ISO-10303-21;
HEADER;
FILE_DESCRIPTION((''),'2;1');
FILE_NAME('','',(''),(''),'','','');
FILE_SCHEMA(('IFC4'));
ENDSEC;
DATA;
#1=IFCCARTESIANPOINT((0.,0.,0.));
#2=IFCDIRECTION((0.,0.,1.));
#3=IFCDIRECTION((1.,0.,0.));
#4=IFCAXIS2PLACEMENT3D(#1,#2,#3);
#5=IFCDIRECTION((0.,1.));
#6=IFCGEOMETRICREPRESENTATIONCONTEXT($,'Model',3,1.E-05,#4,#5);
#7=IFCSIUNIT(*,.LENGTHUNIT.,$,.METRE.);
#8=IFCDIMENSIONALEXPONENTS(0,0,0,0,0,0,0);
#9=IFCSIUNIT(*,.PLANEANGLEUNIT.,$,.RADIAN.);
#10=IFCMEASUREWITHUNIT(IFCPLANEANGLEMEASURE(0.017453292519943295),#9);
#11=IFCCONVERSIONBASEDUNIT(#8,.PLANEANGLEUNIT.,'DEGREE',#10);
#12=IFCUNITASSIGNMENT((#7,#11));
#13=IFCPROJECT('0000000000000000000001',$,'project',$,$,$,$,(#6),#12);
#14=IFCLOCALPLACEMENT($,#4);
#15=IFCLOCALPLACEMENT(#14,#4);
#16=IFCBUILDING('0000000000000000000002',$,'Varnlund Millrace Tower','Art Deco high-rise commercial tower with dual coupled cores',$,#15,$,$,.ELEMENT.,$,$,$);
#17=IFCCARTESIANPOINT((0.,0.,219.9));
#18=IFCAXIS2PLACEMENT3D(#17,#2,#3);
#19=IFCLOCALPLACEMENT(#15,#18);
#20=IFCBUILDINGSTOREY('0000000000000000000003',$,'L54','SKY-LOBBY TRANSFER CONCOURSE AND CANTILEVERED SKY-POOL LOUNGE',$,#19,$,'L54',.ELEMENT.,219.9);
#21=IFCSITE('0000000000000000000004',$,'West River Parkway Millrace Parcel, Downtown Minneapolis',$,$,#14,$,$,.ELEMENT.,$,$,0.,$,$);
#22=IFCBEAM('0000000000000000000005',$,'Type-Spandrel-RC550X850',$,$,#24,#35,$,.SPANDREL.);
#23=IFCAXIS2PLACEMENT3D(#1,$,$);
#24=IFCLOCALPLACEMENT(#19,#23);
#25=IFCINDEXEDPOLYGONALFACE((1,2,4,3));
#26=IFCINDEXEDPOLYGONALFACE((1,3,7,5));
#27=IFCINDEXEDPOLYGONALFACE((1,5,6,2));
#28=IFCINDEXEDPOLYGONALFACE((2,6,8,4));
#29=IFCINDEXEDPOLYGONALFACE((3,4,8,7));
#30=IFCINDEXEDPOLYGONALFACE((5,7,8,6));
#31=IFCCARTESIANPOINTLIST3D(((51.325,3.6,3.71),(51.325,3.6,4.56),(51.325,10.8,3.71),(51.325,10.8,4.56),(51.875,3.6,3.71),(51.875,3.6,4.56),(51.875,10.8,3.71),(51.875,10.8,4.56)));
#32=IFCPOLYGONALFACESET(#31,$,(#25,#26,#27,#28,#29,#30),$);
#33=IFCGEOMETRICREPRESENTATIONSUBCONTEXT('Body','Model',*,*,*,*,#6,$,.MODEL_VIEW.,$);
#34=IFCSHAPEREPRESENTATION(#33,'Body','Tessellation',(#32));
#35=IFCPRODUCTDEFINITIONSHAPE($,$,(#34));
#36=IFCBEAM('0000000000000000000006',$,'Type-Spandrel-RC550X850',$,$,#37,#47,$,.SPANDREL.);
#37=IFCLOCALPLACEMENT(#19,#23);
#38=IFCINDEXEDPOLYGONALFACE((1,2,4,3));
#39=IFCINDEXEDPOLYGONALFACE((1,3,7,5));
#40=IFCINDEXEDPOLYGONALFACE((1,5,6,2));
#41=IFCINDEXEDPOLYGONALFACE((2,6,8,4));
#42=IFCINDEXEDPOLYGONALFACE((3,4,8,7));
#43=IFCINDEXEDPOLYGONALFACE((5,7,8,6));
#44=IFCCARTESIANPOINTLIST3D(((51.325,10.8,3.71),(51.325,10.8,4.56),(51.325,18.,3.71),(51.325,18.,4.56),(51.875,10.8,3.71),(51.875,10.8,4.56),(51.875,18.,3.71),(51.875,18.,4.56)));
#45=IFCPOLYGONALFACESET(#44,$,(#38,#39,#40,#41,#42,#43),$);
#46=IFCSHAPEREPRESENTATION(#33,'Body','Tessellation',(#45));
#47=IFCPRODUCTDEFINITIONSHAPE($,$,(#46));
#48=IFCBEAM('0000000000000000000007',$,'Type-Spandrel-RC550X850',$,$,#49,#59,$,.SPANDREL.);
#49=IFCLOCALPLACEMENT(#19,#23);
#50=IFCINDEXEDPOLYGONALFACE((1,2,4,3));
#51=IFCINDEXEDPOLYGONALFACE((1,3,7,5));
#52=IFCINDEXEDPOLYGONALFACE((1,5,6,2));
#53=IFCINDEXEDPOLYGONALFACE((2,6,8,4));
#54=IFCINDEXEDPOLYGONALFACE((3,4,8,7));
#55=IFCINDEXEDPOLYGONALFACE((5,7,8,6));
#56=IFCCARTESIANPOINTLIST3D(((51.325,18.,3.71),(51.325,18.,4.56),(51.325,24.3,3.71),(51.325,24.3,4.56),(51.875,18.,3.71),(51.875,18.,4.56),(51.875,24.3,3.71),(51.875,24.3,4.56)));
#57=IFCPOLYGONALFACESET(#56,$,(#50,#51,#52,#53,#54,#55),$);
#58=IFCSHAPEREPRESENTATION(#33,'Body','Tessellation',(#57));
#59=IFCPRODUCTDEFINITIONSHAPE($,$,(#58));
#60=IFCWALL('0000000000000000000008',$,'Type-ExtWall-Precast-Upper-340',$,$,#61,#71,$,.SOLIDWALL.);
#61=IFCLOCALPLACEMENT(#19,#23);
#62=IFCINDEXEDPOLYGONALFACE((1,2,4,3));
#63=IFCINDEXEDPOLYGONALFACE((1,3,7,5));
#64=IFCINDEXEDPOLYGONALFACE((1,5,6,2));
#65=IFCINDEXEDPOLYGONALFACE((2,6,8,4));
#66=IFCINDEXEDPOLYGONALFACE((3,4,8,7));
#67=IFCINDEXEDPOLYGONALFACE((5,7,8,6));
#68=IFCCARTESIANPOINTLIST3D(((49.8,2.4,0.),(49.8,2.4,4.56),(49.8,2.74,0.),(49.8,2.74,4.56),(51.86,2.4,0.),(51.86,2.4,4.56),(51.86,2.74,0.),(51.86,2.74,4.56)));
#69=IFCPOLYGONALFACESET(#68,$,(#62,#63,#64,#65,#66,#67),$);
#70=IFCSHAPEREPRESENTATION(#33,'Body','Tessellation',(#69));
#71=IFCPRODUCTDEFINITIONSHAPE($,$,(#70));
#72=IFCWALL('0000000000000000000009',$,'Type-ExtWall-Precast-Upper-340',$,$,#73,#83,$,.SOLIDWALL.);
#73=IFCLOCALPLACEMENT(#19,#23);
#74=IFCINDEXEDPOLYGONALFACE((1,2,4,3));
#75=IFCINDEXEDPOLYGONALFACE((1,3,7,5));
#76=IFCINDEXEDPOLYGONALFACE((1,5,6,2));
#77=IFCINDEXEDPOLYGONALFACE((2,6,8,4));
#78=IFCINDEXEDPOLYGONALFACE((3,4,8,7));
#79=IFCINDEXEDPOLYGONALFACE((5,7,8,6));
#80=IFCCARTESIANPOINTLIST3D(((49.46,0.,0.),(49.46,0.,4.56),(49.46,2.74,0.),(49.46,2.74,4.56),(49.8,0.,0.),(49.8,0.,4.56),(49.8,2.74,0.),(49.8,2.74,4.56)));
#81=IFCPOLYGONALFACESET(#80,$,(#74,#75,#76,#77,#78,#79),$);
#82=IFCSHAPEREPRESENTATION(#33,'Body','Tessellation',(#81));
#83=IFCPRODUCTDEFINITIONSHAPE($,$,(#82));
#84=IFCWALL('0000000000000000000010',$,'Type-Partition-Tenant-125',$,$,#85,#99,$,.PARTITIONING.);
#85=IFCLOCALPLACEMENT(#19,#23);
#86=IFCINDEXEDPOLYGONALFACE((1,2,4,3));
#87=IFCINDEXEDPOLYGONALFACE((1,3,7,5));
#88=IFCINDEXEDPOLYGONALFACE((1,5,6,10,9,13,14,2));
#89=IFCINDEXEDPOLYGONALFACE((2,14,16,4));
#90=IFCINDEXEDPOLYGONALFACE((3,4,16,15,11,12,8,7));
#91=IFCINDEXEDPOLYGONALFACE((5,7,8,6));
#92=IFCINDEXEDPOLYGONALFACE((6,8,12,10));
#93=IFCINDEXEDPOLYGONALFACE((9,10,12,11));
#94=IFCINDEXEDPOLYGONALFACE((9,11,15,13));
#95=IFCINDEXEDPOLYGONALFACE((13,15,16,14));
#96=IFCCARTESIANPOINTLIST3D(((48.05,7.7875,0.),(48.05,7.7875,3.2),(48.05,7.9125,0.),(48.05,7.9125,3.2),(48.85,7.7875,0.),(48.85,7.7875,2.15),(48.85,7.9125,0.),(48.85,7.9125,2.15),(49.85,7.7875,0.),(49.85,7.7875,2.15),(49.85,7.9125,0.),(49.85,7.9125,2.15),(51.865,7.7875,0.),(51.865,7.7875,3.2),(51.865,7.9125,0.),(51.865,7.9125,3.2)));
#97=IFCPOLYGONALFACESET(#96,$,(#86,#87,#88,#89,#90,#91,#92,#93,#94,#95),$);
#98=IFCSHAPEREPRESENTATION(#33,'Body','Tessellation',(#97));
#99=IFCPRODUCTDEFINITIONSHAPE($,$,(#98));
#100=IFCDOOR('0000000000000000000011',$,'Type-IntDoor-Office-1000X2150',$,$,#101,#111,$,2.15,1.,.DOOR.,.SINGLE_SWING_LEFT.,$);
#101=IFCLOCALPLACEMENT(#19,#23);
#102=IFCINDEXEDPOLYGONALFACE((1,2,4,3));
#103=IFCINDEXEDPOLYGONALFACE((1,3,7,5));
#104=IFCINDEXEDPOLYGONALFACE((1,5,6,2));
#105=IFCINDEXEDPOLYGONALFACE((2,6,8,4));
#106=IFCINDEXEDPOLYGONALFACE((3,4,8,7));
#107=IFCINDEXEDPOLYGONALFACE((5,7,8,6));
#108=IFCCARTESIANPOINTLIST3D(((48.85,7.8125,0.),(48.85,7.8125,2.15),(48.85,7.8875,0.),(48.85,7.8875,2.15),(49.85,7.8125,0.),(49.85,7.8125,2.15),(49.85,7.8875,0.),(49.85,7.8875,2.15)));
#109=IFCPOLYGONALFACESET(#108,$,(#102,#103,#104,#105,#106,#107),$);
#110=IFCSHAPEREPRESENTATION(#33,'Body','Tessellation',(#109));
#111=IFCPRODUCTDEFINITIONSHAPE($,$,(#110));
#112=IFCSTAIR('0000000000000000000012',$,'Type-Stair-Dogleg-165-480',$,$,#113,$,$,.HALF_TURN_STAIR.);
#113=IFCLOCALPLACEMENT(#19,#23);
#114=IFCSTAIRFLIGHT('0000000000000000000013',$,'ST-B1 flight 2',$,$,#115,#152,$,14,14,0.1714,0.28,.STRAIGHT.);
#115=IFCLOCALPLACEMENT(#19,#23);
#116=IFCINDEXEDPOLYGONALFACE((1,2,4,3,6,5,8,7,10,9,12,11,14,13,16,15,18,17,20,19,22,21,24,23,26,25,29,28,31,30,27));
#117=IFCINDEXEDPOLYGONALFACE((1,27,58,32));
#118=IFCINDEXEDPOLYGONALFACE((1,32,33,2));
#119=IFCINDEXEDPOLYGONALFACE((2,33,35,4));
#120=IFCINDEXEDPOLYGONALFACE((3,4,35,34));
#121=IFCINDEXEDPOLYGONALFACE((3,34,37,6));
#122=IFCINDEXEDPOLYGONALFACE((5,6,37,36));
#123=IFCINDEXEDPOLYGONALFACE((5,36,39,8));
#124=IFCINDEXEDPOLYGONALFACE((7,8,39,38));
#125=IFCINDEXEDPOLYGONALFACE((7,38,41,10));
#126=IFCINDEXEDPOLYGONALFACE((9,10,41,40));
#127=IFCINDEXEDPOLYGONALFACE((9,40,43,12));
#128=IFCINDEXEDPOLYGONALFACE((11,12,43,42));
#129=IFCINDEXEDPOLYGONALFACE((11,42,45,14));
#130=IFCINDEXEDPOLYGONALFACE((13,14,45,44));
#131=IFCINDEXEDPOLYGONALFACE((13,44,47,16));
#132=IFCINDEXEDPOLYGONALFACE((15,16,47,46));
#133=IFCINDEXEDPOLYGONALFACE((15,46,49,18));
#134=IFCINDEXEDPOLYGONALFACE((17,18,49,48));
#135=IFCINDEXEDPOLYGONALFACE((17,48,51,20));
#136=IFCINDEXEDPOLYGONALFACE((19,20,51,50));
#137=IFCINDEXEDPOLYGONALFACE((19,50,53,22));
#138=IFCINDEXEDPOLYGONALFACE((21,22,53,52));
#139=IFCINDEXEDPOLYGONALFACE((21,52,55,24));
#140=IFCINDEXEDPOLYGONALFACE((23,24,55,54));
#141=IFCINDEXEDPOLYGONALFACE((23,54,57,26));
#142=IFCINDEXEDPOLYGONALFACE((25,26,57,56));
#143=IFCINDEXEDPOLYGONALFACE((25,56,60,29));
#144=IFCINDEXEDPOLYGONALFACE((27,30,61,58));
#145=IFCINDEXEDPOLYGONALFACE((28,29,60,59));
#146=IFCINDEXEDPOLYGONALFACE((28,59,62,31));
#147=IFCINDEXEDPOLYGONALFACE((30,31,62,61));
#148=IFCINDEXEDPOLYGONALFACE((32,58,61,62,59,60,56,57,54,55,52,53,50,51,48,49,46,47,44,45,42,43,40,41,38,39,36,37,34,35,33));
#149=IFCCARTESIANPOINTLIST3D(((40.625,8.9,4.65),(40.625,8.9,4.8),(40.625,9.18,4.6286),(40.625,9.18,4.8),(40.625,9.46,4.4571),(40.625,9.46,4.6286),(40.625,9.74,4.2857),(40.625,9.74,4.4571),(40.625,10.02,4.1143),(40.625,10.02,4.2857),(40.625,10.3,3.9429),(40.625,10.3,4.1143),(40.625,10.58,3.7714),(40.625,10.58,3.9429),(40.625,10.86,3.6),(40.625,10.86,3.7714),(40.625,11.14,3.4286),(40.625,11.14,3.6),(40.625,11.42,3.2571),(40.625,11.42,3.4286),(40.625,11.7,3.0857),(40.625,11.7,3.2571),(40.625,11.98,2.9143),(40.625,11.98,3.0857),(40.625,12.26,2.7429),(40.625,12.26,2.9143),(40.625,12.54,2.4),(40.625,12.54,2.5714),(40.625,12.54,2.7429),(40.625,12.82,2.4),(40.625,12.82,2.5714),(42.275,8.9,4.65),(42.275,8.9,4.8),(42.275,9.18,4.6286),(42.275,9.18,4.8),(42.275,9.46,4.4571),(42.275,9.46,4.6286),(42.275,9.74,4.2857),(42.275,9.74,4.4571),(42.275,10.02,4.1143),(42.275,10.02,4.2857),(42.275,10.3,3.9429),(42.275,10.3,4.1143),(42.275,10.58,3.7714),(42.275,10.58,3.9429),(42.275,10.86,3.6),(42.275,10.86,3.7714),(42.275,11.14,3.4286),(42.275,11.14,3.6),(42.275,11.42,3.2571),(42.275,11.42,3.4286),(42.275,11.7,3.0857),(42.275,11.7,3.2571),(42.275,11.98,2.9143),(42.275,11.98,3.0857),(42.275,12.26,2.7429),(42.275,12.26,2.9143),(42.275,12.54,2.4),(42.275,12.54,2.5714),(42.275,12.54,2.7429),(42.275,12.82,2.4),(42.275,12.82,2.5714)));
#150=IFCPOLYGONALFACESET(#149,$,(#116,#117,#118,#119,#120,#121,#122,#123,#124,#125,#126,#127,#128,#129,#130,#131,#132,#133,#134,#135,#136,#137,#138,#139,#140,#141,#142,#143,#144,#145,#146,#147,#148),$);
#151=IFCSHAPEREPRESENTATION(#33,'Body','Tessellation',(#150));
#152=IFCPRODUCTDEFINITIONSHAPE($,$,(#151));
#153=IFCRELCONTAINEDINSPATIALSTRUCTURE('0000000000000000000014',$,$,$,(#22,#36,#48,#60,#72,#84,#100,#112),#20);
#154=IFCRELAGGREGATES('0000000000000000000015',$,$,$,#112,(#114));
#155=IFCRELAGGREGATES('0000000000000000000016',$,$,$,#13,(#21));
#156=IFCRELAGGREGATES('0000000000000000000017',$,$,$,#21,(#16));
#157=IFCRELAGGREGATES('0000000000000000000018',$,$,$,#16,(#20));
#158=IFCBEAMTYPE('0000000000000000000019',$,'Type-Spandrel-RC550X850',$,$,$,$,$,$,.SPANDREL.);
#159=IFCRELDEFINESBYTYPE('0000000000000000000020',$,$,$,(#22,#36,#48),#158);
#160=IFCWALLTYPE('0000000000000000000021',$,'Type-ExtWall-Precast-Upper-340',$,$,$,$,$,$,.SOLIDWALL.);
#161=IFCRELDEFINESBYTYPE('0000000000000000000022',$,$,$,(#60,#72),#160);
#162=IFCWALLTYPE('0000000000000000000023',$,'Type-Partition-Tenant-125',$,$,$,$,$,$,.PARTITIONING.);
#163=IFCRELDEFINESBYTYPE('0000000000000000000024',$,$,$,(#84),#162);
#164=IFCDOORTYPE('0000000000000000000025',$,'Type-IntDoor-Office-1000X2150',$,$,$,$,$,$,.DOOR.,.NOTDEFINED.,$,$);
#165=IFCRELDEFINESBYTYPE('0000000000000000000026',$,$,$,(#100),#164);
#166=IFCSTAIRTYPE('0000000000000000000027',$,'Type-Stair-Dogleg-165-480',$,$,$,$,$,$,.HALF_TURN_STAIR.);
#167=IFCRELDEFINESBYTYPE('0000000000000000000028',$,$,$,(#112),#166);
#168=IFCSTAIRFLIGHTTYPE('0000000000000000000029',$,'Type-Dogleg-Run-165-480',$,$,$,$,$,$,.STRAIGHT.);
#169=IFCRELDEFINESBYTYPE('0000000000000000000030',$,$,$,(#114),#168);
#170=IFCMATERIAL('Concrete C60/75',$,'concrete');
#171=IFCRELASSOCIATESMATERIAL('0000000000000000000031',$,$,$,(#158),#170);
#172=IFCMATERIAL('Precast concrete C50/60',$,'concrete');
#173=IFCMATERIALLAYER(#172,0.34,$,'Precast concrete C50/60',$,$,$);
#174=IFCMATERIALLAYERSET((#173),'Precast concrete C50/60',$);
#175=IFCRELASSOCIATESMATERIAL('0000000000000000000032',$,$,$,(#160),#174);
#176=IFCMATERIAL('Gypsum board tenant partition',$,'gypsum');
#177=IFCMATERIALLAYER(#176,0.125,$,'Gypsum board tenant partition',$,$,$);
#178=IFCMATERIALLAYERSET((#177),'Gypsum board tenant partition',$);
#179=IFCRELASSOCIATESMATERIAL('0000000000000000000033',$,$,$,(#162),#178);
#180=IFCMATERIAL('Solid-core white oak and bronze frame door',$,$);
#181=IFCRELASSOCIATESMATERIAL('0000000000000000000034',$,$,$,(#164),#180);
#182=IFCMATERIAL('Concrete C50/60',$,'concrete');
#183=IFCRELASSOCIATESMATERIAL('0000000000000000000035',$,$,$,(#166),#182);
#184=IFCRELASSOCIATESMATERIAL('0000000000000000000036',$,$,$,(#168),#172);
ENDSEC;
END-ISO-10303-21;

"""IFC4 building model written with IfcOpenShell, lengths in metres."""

from ifc_helpers import new_model, entity, si_unit, converted_unit, direction, frame, origin_with_axes, origin_2d_with_axis, place, context, subcontext, project, spatial, polyline, rectangle, outline, extrude, material, layer, layer_set, material_profile, profile_set, type_object, element, fill, aggregate, save


model = new_model("IFC4")

# Units and contexts
model_context = context("Model", 3, precision=1e-05, world=origin_with_axes(), true_north=direction((0.0, 1.0)))
body_context = subcontext(model_context, "Body", "Model", "MODEL_VIEW")
ifc_project = project(units=[si_unit("LENGTHUNIT", "METRE"), converted_unit("PLANEANGLEUNIT", "DEGREE", entity("IfcPlaneAngleMeasure", 0.017453292519943295), si_unit("PLANEANGLEUNIT", "RADIAN"), dimensions=[0, 0, 0, 0, 0, 0, 0])], contexts=[model_context])

# Site, building, storey
site_placement = place(None, origin_with_axes())
site = spatial("IfcSite", under=ifc_project, at=site_placement, Name="West River Parkway Millrace Parcel, Downtown Minneapolis", CompositionType="ELEMENT", RefElevation=0.0)
building_placement = place(site_placement, origin_with_axes())
building = spatial("IfcBuilding", under=site, at=building_placement, Name="Varnlund Millrace Tower", Description="Art Deco high-rise commercial tower with dual coupled cores", CompositionType="ELEMENT")
storey_placement = place(building_placement, frame((0.0, 0.0, 219.9), z_axis=(0.0, 0.0, 1.0), x_axis=(1.0, 0.0, 0.0)))
storey = spatial("IfcBuildingStorey", under=building, at=storey_placement, Name="L54", Description="SKY-LOBBY TRANSFER CONCOURSE AND CANTILEVERED SKY-POOL LOUNGE", LongName="L54", CompositionType="ELEMENT", Elevation=219.9)

# Beams
ifc_material_1 = material(Name="Concrete C60/75", Category="concrete")
ifc_material_profile_1 = material_profile(ifc_material_1, rectangle(XDim=0.55, YDim=0.85, at=origin_2d_with_axis()), Name="Concrete C60/75")
ifc_profile_set_1 = profile_set([ifc_material_profile_1], Name="Concrete C60/75")
beam_type_1 = type_object("IfcBeamType", Name="Type-Spandrel-RC550X850", PredefinedType="SPANDREL", material=ifc_profile_set_1)
for number, where, z_axis, x_axis, name in (
    (1, (51.6, 3.6, 4.135), (0.0, 1.0, 0.0), (-1.0, 0.0, 0.0), "Type-Spandrel-RC550X850"),
    (2, (51.6, 10.8, 4.135), (0.0, 1.0, 0.0), (-1.0, 0.0, 0.0), "Type-Spandrel-RC550X850"),
):
    element("IfcBeam", number, at=place(storey_placement, frame(where, z_axis=z_axis, x_axis=x_axis)), inside=storey, type_object=beam_type_1, Name=name, PredefinedType="SPANDREL", context=body_context, shape_type="SweptSolid", body=[
        extrude(rectangle(XDim=0.55, YDim=0.85, at=origin_2d_with_axis()), origin_with_axes(), (0.0, 0.0, 1.0), 7.2),
    ])
beam_1_placement = place(storey_placement, frame((51.6, 18.0, 4.135), z_axis=(0.0, 1.0, 0.0), x_axis=(-1.0, 0.0, 0.0)))
element("IfcBeam", 3, at=beam_1_placement, inside=storey, type_object=beam_type_1, Name="Type-Spandrel-RC550X850", PredefinedType="SPANDREL", context=body_context, shape_type="SweptSolid", body=[
    extrude(rectangle(XDim=0.55, YDim=0.85, at=origin_2d_with_axis()), origin_with_axes(), (0.0, 0.0, 1.0), 6.3),
])

# Walls
ifc_material_2 = material(Name="Precast concrete C50/60", Category="concrete")
ifc_layer_1 = layer(ifc_material_2, 0.34, Name="Precast concrete C50/60")
ifc_layer_set_1 = layer_set([ifc_layer_1], Name="Precast concrete C50/60")
wall_type_1 = type_object("IfcWallType", Name="Type-ExtWall-Precast-Upper-340", PredefinedType="SOLIDWALL", material=ifc_layer_set_1)
wall_1_placement = place(storey_placement, frame((51.86, 2.57, 0.0), z_axis=(0.0, 0.0, 1.0), x_axis=(-1.0, 0.0, 0.0)))
element("IfcWall", 4, at=wall_1_placement, inside=storey, type_object=wall_type_1, Name="Type-ExtWall-Precast-Upper-340", PredefinedType="SOLIDWALL", context=body_context, shape_type="SweptSolid", body=[
    extrude(outline(polyline([(0.0, -0.17), (2.06, -0.17), (2.06, 0.17), (0.0, 0.17), (0.0, -0.17)])), origin_with_axes(), (0.0, 0.0, 1.0), 4.56),
])
wall_2_placement = place(storey_placement, frame((49.63, 2.74, 0.0), z_axis=(0.0, 0.0, 1.0), x_axis=(0.0, -1.0, 0.0)))
element("IfcWall", 5, at=wall_2_placement, inside=storey, type_object=wall_type_1, Name="Type-ExtWall-Precast-Upper-340", PredefinedType="SOLIDWALL", context=body_context, shape_type="SweptSolid", body=[
    extrude(outline(polyline([(0.0, -0.17), (2.74, -0.17), (2.74, 0.17), (0.0, 0.17), (0.0, -0.17)])), origin_with_axes(), (0.0, 0.0, 1.0), 4.56),
])

# Wall, opening, door
ifc_material_3 = material(Name="Gypsum board tenant partition", Category="gypsum")
ifc_layer_2 = layer(ifc_material_3, 0.125, Name="Gypsum board tenant partition")
ifc_layer_set_2 = layer_set([ifc_layer_2], Name="Gypsum board tenant partition")
wall_type_2 = type_object("IfcWallType", Name="Type-Partition-Tenant-125", PredefinedType="PARTITIONING", material=ifc_layer_set_2)
wall_3_placement = place(storey_placement, frame((51.865, 7.85, 0.0), z_axis=(0.0, 0.0, 1.0), x_axis=(-1.0, 0.0, 0.0)))
wall_3 = element("IfcWall", 6, at=wall_3_placement, inside=storey, type_object=wall_type_2, Name="Type-Partition-Tenant-125", PredefinedType="PARTITIONING", context=body_context, shape_type="SweptSolid", body=[
    extrude(outline(polyline([(0.0, -0.0625), (3.815, -0.0625), (3.815, 0.0625), (0.0, 0.0625), (0.0, -0.0625)])), origin_with_axes(), (0.0, 0.0, 1.0), 3.2),
])
opening_1_placement = place(wall_3_placement, frame((2.515, 0.0, 0.0), z_axis=(0.0, 0.0, 1.0), x_axis=(1.0, 0.0, 0.0)))
opening_1 = element("IfcOpeningElement", 7, at=opening_1_placement, cuts=wall_3, PredefinedType="OPENING", context=body_context, shape_type="SweptSolid", body=[
    extrude(rectangle(XDim=1.0, YDim=0.145, at=origin_2d_with_axis()), origin_with_axes(), (0.0, 0.0, 1.0), 2.15),
])
ifc_material_4 = material(Name="Solid-core white oak and bronze frame door")
door_type = type_object("IfcDoorType", Name="Type-IntDoor-Office-1000X2150", OperationType="NOTDEFINED", PredefinedType="DOOR", material=ifc_material_4)
door_placement = place(wall_3_placement, frame((2.515, 0.0, 0.0), z_axis=(0.0, 0.0, 1.0), x_axis=(1.0, 0.0, 0.0)))
door = element("IfcDoor", 8, at=door_placement, inside=storey, type_object=door_type, Name="Type-IntDoor-Office-1000X2150", OperationType="SINGLE_SWING_LEFT", OverallHeight=2.15, OverallWidth=1.0, PredefinedType="DOOR", context=body_context, shape_type="SweptSolid", body=[
    extrude(rectangle(XDim=1.0, YDim=0.075, at=origin_2d_with_axis()), origin_with_axes(), (0.0, 0.0, 1.0), 2.15),
])
fill(opening_1, door)

# Stair, stair flight
ifc_material_5 = material(Name="Concrete C50/60", Category="concrete")
stair_type = type_object("IfcStairType", Name="Type-Stair-Dogleg-165-480", PredefinedType="HALF_TURN_STAIR", material=ifc_material_5)
stair_1_placement = place(storey_placement, origin_with_axes())
stair_1 = element("IfcStair", 9, at=stair_1_placement, inside=storey, type_object=stair_type, Name="Type-Stair-Dogleg-165-480", PredefinedType="HALF_TURN_STAIR")
stair_flight_type = type_object("IfcStairFlightType", Name="Type-Dogleg-Run-165-480", PredefinedType="STRAIGHT", material=ifc_material_2)
stair_flight_1_placement = place(storey_placement, frame((42.275, 12.82, 2.4), z_axis=(-1.0, 0.0, 0.0), x_axis=(0.0, -1.0, 0.0)))
stair_flight_1 = element("IfcStairFlight", 10, at=stair_flight_1_placement, type_object=stair_flight_type, Name="ST-B1 flight 2", NumberOfRisers=14, NumberOfTreads=14, PredefinedType="STRAIGHT", RiserHeight=0.1714, TreadLength=0.28, context=body_context, shape_type="SweptSolid", body=[
    extrude(outline(polyline([(0.0, 0.0), (0.0, 0.1714), (0.28, 0.1714), (0.28, 0.3429), (0.56, 0.3429), (0.56, 0.5143), (0.84, 0.5143), (0.84, 0.6857), (1.12, 0.6857), (1.12, 0.8571), (1.4, 0.8571), (1.4, 1.0286), (1.68, 1.0286), (1.68, 1.2), (1.96, 1.2), (1.96, 1.3714), (2.24, 1.3714), (2.24, 1.5429), (2.52, 1.5429), (2.52, 1.7143), (2.8, 1.7143), (2.8, 1.8857), (3.08, 1.8857), (3.08, 2.0571), (3.36, 2.0571), (3.36, 2.2286), (3.64, 2.2286), (3.64, 2.4), (3.92, 2.4), (3.92, 2.25), (0.28, 0.0), (0.0, 0.0)])), origin_with_axes(), (0.0, 0.0, 1.0), 1.65),
])
aggregate(stair_1, [stair_flight_1])

save(model, "model.ifc")
